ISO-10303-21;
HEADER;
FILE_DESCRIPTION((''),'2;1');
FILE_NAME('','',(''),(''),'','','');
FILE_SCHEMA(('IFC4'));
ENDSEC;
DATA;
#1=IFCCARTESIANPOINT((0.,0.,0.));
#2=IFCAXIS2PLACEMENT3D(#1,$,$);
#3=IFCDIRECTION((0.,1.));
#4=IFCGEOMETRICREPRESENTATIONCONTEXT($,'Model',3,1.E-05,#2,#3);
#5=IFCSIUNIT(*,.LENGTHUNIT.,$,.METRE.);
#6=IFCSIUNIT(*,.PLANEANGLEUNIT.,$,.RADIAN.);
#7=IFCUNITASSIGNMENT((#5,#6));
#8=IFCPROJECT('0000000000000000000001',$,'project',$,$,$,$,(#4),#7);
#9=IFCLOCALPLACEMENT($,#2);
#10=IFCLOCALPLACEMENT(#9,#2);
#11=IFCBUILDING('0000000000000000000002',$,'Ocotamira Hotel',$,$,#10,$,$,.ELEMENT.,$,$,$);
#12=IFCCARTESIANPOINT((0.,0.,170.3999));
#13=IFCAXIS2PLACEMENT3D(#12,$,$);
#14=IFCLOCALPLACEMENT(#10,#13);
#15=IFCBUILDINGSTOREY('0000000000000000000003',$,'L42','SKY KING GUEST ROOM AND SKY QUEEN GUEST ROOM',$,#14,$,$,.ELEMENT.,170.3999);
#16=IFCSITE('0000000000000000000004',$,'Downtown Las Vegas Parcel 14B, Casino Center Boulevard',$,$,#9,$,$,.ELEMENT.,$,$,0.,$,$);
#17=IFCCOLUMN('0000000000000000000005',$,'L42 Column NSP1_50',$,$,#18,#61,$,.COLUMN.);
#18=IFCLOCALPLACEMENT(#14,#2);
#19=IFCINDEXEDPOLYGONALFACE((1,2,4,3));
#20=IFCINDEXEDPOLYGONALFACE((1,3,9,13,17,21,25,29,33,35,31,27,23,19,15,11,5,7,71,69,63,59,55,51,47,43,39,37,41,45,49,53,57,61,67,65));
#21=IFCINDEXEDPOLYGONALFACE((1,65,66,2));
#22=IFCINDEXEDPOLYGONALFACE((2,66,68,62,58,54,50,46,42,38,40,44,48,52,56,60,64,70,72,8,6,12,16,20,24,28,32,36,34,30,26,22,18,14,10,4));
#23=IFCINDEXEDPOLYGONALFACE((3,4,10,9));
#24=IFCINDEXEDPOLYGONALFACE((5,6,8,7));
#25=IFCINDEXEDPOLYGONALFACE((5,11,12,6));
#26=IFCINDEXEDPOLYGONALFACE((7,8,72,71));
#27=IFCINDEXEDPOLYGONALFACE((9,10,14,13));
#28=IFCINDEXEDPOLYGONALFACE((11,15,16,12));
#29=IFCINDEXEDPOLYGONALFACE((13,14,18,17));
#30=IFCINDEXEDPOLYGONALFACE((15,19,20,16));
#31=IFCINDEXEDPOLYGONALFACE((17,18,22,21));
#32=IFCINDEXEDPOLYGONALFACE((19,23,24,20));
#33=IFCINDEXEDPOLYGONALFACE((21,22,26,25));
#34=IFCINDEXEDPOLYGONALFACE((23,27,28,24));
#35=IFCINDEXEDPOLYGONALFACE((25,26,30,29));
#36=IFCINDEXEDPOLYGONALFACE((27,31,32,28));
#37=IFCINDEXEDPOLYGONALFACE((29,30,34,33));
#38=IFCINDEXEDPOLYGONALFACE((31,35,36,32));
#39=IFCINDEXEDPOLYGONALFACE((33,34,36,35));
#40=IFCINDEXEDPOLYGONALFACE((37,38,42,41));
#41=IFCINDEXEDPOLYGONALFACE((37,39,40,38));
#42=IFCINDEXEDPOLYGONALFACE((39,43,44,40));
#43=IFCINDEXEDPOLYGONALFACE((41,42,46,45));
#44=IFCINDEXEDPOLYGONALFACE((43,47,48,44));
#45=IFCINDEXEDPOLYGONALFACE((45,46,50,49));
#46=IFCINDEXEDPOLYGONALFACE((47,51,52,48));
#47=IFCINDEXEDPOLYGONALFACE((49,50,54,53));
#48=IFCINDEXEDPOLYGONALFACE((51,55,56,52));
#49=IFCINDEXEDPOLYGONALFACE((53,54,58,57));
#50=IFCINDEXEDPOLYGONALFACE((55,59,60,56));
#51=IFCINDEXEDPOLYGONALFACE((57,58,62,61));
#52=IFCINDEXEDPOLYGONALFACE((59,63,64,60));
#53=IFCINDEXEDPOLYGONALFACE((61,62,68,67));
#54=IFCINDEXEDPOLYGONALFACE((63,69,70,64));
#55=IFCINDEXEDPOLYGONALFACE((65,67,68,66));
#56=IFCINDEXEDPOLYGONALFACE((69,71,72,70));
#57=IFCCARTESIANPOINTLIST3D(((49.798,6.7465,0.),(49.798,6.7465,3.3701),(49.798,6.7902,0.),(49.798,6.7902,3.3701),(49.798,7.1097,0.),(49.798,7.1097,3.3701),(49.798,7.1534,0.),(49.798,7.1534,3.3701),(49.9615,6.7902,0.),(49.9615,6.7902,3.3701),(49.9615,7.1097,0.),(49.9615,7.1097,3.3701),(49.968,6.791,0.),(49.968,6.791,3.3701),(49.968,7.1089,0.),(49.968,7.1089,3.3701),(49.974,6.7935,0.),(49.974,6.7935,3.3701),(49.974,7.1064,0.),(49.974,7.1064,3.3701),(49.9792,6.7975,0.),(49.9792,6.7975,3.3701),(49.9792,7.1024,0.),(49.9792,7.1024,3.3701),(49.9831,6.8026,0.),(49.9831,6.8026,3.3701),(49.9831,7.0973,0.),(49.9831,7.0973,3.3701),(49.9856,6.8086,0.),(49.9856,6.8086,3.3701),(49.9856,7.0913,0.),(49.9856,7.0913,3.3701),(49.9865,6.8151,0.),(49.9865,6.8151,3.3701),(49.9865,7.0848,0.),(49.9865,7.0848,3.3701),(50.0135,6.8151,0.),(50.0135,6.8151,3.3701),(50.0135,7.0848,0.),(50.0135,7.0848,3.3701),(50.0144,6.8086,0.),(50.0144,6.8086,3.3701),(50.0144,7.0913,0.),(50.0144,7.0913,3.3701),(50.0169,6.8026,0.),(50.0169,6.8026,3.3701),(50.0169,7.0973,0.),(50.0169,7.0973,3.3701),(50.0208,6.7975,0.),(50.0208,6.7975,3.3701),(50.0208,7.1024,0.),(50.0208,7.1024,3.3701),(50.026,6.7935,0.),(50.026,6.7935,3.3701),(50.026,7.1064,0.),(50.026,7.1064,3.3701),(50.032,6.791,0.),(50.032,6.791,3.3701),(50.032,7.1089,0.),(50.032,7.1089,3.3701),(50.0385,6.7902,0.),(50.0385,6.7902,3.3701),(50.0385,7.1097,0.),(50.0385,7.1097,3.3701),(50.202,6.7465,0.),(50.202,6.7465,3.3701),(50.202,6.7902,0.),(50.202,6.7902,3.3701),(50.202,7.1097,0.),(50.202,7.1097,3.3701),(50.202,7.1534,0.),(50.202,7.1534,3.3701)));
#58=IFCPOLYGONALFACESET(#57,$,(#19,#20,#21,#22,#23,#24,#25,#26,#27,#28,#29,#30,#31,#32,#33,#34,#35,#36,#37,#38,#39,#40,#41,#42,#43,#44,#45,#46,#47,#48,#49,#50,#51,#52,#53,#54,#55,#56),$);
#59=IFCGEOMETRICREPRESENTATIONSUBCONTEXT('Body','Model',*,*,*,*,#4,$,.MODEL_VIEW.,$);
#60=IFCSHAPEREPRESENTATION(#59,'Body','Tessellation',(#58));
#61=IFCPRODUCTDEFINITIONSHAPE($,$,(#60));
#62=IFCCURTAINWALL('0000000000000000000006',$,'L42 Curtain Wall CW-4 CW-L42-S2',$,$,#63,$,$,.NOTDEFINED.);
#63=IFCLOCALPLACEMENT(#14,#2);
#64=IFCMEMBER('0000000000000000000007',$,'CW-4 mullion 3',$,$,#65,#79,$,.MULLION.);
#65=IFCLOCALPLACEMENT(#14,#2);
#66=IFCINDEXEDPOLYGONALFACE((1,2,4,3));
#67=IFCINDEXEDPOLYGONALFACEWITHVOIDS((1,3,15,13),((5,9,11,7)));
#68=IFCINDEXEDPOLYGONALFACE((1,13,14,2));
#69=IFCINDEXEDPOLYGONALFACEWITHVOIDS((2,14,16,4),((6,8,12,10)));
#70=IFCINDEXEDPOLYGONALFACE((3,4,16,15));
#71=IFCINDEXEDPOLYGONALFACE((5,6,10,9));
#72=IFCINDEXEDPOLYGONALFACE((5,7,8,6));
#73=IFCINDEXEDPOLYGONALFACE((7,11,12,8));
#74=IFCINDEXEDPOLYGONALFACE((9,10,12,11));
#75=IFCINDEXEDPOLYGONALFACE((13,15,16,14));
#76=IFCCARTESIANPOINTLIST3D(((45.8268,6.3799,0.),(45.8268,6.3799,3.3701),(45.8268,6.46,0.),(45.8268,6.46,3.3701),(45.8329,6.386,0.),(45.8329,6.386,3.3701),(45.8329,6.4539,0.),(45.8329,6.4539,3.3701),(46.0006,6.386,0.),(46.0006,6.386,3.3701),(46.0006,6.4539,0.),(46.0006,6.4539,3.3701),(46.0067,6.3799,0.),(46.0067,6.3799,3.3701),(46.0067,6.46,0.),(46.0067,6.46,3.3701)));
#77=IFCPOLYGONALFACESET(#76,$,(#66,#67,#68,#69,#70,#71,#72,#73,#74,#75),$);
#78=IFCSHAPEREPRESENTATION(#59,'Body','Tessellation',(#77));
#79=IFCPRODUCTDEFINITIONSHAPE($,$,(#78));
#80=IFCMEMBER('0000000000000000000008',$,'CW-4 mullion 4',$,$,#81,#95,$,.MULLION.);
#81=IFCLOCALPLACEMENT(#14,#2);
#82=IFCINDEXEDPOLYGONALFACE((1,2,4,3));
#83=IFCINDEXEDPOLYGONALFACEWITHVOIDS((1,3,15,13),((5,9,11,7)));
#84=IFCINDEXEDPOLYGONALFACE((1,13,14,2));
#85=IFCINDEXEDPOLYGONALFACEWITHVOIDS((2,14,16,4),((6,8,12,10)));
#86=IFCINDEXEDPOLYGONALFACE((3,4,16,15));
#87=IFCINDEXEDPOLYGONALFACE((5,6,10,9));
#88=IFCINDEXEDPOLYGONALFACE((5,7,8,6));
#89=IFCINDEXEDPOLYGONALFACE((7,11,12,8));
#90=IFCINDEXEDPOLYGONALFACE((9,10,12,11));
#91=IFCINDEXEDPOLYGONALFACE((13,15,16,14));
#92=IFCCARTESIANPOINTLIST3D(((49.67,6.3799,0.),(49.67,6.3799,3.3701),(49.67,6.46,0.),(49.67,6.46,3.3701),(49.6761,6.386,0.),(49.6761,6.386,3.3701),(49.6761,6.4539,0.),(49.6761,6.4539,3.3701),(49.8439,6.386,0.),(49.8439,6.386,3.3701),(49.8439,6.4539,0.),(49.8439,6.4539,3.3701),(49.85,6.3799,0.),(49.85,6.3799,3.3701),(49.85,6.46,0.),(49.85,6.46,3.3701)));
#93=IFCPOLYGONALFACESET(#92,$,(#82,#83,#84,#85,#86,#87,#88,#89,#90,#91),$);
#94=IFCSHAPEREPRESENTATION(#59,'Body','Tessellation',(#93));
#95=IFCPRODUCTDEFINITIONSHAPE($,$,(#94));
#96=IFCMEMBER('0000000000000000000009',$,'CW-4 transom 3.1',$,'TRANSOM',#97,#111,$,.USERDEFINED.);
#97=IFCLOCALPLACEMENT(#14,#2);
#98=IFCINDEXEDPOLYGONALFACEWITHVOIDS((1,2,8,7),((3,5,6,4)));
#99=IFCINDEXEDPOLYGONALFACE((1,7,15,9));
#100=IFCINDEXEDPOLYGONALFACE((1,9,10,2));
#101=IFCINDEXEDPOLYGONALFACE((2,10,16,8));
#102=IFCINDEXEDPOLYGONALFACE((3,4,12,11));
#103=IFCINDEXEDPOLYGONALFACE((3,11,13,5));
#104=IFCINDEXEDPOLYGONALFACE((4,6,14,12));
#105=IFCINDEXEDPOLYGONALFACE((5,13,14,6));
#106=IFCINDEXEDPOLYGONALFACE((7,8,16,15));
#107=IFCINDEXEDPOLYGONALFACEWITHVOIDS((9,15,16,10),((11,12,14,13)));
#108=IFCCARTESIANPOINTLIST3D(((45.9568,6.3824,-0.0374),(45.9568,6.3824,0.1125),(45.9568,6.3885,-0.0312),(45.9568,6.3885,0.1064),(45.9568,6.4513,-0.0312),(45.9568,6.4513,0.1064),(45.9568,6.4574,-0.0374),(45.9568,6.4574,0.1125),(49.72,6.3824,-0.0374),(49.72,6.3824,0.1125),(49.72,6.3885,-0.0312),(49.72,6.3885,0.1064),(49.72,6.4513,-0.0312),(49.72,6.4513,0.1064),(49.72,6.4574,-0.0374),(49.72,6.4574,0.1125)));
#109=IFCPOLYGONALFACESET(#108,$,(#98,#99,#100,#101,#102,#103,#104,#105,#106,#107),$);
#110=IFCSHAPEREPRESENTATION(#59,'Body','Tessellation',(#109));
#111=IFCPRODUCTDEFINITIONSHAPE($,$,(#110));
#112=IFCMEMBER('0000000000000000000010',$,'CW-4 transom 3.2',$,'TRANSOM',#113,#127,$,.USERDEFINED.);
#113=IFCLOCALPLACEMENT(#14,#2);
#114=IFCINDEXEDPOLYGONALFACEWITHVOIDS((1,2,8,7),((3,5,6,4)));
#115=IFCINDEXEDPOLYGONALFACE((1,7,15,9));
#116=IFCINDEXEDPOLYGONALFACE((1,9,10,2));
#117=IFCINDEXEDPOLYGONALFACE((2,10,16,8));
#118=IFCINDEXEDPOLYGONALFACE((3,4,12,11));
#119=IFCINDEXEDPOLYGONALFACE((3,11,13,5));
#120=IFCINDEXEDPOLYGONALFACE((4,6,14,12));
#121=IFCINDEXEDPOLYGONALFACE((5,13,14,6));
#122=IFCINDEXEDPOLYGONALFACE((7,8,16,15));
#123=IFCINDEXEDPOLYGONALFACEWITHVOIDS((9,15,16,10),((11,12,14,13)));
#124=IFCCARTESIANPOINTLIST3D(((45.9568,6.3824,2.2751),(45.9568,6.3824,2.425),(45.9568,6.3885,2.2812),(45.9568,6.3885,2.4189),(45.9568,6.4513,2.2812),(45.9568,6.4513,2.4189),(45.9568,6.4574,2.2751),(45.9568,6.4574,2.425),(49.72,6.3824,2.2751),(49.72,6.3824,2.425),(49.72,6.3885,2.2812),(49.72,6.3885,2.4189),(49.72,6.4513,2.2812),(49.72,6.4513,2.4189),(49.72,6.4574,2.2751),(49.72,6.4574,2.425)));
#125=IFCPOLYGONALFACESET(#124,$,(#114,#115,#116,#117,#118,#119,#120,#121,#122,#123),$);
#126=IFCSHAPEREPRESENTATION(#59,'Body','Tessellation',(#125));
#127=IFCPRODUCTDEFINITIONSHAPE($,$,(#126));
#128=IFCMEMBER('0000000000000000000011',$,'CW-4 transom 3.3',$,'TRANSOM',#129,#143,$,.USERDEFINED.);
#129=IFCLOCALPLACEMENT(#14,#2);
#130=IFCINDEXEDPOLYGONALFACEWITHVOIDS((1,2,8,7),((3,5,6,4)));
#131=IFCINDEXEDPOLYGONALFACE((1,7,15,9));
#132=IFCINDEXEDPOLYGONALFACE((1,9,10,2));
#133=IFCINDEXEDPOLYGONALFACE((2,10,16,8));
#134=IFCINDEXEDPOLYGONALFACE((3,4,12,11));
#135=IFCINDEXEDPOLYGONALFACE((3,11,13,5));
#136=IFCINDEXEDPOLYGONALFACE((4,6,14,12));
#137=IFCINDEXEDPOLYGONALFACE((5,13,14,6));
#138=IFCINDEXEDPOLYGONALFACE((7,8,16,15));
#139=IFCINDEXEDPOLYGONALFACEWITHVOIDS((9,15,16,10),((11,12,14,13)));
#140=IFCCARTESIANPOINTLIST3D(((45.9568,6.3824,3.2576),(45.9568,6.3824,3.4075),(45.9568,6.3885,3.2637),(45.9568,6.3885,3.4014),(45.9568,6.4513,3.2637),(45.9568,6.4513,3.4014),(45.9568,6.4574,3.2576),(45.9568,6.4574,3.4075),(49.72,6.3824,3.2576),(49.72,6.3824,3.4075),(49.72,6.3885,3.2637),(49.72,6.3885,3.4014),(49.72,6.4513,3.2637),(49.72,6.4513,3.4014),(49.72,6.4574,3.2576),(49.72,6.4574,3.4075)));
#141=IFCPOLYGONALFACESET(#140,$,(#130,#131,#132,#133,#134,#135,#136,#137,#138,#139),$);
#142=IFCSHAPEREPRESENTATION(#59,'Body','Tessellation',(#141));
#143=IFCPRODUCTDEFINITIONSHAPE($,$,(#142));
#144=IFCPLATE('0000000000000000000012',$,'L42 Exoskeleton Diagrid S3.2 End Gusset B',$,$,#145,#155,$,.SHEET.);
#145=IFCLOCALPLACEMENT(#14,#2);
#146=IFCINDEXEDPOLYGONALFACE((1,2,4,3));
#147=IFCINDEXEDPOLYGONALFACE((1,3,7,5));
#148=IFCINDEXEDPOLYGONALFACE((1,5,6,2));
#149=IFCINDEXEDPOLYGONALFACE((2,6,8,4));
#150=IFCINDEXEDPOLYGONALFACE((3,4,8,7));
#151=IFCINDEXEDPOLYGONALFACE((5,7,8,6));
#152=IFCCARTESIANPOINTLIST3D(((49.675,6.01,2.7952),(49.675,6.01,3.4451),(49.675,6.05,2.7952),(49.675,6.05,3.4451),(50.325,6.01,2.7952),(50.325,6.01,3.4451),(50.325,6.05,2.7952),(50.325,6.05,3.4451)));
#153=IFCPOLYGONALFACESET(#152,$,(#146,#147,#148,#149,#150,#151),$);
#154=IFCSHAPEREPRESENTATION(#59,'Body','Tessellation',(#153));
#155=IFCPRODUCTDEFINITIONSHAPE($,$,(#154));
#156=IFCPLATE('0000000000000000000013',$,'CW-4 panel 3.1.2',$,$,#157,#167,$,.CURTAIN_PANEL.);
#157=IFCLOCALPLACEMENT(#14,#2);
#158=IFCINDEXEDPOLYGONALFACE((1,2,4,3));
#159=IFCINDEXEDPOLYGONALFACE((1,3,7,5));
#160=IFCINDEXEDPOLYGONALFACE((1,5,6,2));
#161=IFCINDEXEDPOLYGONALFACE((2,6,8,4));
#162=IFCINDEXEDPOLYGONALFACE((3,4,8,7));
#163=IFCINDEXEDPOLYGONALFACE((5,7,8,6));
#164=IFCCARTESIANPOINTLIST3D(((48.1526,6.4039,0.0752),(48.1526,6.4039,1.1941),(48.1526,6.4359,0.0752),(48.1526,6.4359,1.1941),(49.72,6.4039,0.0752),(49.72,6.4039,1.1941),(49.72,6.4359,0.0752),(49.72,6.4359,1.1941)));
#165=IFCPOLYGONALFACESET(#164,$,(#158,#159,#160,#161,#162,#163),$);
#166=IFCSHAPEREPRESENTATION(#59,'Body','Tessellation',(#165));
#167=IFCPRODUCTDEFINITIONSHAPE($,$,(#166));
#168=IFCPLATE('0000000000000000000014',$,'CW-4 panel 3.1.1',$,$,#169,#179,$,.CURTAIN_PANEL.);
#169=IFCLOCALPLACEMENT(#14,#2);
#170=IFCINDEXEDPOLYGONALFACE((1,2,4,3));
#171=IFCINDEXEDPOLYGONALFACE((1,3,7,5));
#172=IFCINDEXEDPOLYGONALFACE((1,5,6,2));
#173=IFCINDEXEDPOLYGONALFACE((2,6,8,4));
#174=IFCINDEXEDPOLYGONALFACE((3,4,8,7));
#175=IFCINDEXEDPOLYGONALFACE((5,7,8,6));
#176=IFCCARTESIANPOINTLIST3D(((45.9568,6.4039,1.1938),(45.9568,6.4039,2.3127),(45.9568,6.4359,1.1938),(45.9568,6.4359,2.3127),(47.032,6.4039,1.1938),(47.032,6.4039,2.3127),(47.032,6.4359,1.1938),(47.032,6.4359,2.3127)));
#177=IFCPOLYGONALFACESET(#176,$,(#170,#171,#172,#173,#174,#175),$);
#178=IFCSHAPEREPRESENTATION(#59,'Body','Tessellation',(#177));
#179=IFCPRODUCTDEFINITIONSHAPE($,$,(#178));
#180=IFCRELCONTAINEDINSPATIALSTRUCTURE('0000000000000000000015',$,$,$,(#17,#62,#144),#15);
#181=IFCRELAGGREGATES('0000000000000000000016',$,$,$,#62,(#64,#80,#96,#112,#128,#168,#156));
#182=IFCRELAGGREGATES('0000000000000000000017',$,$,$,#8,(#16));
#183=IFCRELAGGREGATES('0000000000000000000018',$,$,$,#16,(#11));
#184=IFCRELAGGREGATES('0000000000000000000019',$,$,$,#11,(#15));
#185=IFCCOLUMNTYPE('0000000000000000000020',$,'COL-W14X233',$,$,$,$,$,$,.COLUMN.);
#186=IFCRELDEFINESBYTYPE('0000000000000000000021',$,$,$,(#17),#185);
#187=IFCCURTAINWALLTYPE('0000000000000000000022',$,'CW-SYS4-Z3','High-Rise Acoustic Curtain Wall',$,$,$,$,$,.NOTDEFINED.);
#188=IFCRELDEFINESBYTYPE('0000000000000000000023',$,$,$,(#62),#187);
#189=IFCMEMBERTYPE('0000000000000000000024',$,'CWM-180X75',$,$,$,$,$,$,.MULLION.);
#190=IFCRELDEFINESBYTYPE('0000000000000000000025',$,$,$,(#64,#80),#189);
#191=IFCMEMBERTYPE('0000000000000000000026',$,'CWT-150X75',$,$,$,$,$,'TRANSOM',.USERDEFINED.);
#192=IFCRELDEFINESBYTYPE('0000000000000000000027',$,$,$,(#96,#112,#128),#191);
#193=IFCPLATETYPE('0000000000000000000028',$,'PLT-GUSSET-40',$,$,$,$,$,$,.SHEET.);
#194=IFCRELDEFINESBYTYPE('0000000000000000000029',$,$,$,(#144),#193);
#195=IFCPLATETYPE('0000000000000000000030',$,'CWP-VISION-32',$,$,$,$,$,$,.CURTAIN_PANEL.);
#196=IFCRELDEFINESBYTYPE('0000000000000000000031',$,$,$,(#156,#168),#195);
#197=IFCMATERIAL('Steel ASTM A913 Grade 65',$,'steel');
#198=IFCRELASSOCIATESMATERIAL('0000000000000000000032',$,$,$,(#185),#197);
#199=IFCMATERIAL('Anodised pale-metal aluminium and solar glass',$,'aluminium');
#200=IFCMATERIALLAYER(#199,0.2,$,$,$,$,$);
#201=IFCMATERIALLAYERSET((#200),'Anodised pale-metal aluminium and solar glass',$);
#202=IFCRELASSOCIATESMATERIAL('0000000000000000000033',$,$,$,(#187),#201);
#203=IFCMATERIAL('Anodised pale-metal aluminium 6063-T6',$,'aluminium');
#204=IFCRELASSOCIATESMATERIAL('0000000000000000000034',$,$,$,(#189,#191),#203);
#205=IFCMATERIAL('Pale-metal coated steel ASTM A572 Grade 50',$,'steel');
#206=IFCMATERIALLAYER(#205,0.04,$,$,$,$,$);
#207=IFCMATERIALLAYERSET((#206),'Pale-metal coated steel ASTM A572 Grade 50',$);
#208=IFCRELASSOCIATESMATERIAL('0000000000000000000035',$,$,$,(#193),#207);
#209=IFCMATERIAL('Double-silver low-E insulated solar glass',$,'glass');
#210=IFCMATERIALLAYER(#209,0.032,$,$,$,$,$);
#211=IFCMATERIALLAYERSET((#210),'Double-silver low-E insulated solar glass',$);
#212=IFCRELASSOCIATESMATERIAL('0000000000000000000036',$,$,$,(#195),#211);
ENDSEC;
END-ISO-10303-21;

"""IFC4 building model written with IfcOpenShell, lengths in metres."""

from ifc_helpers import new_model, si_unit, direction, frame, origin, origin_2d, place, context, subcontext, project, spatial, rectangle, hollow_rectangle, i_section, extrude, source, transform, mapped, material, layer, layer_set, material_profile, profile_set, type_object, element, aggregate, save


model = new_model("IFC4")

# Units and contexts
model_context = context("Model", 3, precision=1e-05, world=origin(), true_north=direction((0.0, 1.0)))
body_context = subcontext(model_context, "Body", "Model", "MODEL_VIEW")
ifc_project = project(units=[si_unit("LENGTHUNIT", "METRE"), si_unit("PLANEANGLEUNIT", "RADIAN")], contexts=[model_context])

# Site, building, storey
site_placement = place(None, origin())
site = spatial("IfcSite", under=ifc_project, at=site_placement, Name="Downtown Las Vegas Parcel 14B, Casino Center Boulevard", CompositionType="ELEMENT", RefElevation=0.0)
building_placement = place(site_placement, origin())
building = spatial("IfcBuilding", under=site, at=building_placement, Name="Ocotamira Hotel", CompositionType="ELEMENT")
storey_placement = place(building_placement, frame((0.0, 0.0, 170.3999)))
storey = spatial("IfcBuildingStorey", under=building, at=storey_placement, Name="L42", Description="SKY KING GUEST ROOM AND SKY QUEEN GUEST ROOM", CompositionType="ELEMENT", Elevation=170.3999)

# Column
ifc_material_1 = material(Name="Steel ASTM A913 Grade 65", Category="steel")
ifc_material_profile_1 = material_profile(ifc_material_1, i_section(OverallWidth=0.4041, OverallDepth=0.407, WebThickness=0.0271, FlangeThickness=0.0437, FilletRadius=0.0249, at=origin_2d()), Name="W14X233")
ifc_profile_set_1 = profile_set([ifc_material_profile_1], Name="Steel ASTM A913 Grade 65")
column_type = type_object("IfcColumnType", Name="COL-W14X233", PredefinedType="COLUMN", material=ifc_profile_set_1)
shared_shape_1 = source(origin(), body_context, "Body", "SweptSolid", [
    extrude(i_section(OverallWidth=0.4041, OverallDepth=0.407, WebThickness=0.0271, FlangeThickness=0.0437, FilletRadius=0.0249, at=origin_2d()), origin(), (0.0, 0.0, 1.0), 3.3701),
])
column_placement = place(storey_placement, frame((50.0, 6.95, 0.0), z_axis=(0.0, 0.0, 1.0), x_axis=(1.0, 0.0, 0.0)))
element("IfcColumn", 1, at=column_placement, inside=storey, type_object=column_type, Name="L42 Column NSP1_50", PredefinedType="COLUMN", context=body_context, shape_type="MappedRepresentation", body=[
    mapped(shared_shape_1, transform((0.0, 0.0, 0.0), scale=1.0)),
])

# Curtain wall, members
ifc_material_2 = material(Name="Anodised pale-metal aluminium and solar glass", Category="aluminium")
ifc_layer_1 = layer(ifc_material_2, 0.2)
ifc_layer_set_1 = layer_set([ifc_layer_1], Name="Anodised pale-metal aluminium and solar glass")
curtain_wall_type = type_object("IfcCurtainWallType", Name="CW-SYS4-Z3", Description="High-Rise Acoustic Curtain Wall", PredefinedType="NOTDEFINED", material=ifc_layer_set_1)
curtain_wall_placement = place(storey_placement, origin())
curtain_wall = element("IfcCurtainWall", 2, at=curtain_wall_placement, inside=storey, type_object=curtain_wall_type, Name="L42 Curtain Wall CW-4 CW-L42-S2", PredefinedType="NOTDEFINED")
ifc_material_3 = material(Name="Anodised pale-metal aluminium 6063-T6", Category="aluminium")
ifc_material_profile_2 = material_profile(ifc_material_3, hollow_rectangle(XDim=0.0801, YDim=0.1799, WallThickness=0.0061, at=origin_2d()), Name="HSS180X80X6")
ifc_profile_set_2 = profile_set([ifc_material_profile_2], Name="Anodised pale-metal aluminium 6063-T6")
member_type_1 = type_object("IfcMemberType", Name="CWM-180X75", PredefinedType="MULLION", material=ifc_profile_set_2)
shared_shape_2 = source(origin(), body_context, "Body", "SweptSolid", [
    extrude(hollow_rectangle(XDim=0.0801, YDim=0.1799, WallThickness=0.0061, at=origin_2d()), origin(), (0.0, 0.0, 1.0), 3.3701),
])
member_1_placement = place(storey_placement, frame((45.9167, 6.4199, 0.0), z_axis=(0.0, 0.0, 1.0), x_axis=(0.0, 1.0, 0.0)))
member_1 = element("IfcMember", 3, at=member_1_placement, type_object=member_type_1, Name="CW-4 mullion 3", PredefinedType="MULLION", context=body_context, shape_type="MappedRepresentation", body=[
    mapped(shared_shape_2, transform((0.0, 0.0, 0.0), scale=1.0)),
])
member_2_placement = place(storey_placement, frame((49.76, 6.4199, 0.0), z_axis=(0.0, 0.0, 1.0), x_axis=(0.0, 1.0, 0.0)))
member_2 = element("IfcMember", 4, at=member_2_placement, type_object=member_type_1, Name="CW-4 mullion 4", PredefinedType="MULLION", context=body_context, shape_type="MappedRepresentation", body=[
    mapped(shared_shape_2, transform((0.0, 0.0, 0.0), scale=1.0)),
])
ifc_material_profile_3 = material_profile(ifc_material_3, hollow_rectangle(XDim=0.075, YDim=0.1499, WallThickness=0.0061, at=origin_2d()), Name="HSS150X75X6")
ifc_profile_set_3 = profile_set([ifc_material_profile_3], Name="Anodised pale-metal aluminium 6063-T6")
member_type_2 = type_object("IfcMemberType", Name="CWT-150X75", ElementType="TRANSOM", PredefinedType="USERDEFINED", material=ifc_profile_set_3)
shared_shape_3 = source(origin(), body_context, "Body", "SweptSolid", [
    extrude(hollow_rectangle(XDim=0.075, YDim=0.1499, WallThickness=0.0061, at=origin_2d()), origin(), (0.0, 0.0, 1.0), 3.7632),
])
member_3_placement = place(storey_placement, frame((45.9568, 6.4199, 0.0376), z_axis=(1.0, 0.0, 0.0), x_axis=(0.0, 1.0, 0.0)))
member_3 = element("IfcMember", 5, at=member_3_placement, type_object=member_type_2, Name="CW-4 transom 3.1", ObjectType="TRANSOM", PredefinedType="USERDEFINED", context=body_context, shape_type="MappedRepresentation", body=[
    mapped(shared_shape_3, transform((0.0, 0.0, 0.0), scale=1.0)),
])
member_4_placement = place(storey_placement, frame((45.9568, 6.4199, 2.3501), z_axis=(1.0, 0.0, 0.0), x_axis=(0.0, 1.0, 0.0)))
member_4 = element("IfcMember", 6, at=member_4_placement, type_object=member_type_2, Name="CW-4 transom 3.2", ObjectType="TRANSOM", PredefinedType="USERDEFINED", context=body_context, shape_type="MappedRepresentation", body=[
    mapped(shared_shape_3, transform((0.0, 0.0, 0.0), scale=1.0)),
])
member_5_placement = place(storey_placement, frame((45.9568, 6.4199, 3.3325), z_axis=(1.0, 0.0, 0.0), x_axis=(0.0, 1.0, 0.0)))
member_5 = element("IfcMember", 7, at=member_5_placement, type_object=member_type_2, Name="CW-4 transom 3.3", ObjectType="TRANSOM", PredefinedType="USERDEFINED", context=body_context, shape_type="MappedRepresentation", body=[
    mapped(shared_shape_3, transform((0.0, 0.0, 0.0), scale=1.0)),
])

# Plates
ifc_material_4 = material(Name="Pale-metal coated steel ASTM A572 Grade 50", Category="steel")
ifc_layer_2 = layer(ifc_material_4, 0.04)
ifc_layer_set_2 = layer_set([ifc_layer_2], Name="Pale-metal coated steel ASTM A572 Grade 50")
plate_type_1 = type_object("IfcPlateType", Name="PLT-GUSSET-40", PredefinedType="SHEET", material=ifc_layer_set_2)
shared_shape_4 = source(origin(), body_context, "Body", "SweptSolid", [
    extrude(rectangle(XDim=0.6499, YDim=0.04, at=origin_2d()), origin(), (0.0, 0.0, 1.0), 0.6499),
])
plate_1_placement = place(storey_placement, frame((50.0, 6.03, 2.7952), z_axis=(0.0, 0.0, 1.0), x_axis=(1.0, 0.0, 0.0)))
element("IfcPlate", 8, at=plate_1_placement, inside=storey, type_object=plate_type_1, Name="L42 Exoskeleton Diagrid S3.2 End Gusset B", PredefinedType="SHEET", context=body_context, shape_type="MappedRepresentation", body=[
    mapped(shared_shape_4, transform((0.0, 0.0, 0.0), scale=1.0)),
])
ifc_material_5 = material(Name="Double-silver low-E insulated solar glass", Category="glass")
ifc_layer_3 = layer(ifc_material_5, 0.032)
ifc_layer_set_3 = layer_set([ifc_layer_3], Name="Double-silver low-E insulated solar glass")
plate_type_2 = type_object("IfcPlateType", Name="CWP-VISION-32", PredefinedType="CURTAIN_PANEL", material=ifc_layer_set_3)
shared_shape_5 = source(origin(), body_context, "Body", "SweptSolid", [
    extrude(rectangle(XDim=1.5674, YDim=0.032, at=origin_2d()), origin(), (0.0, 0.0, 1.0), 1.1189),
])
plate_2_placement = place(storey_placement, frame((48.9363, 6.4199, 0.0752), z_axis=(0.0, 0.0, 1.0), x_axis=(1.0, 0.0, 0.0)))
plate_2 = element("IfcPlate", 9, at=plate_2_placement, type_object=plate_type_2, Name="CW-4 panel 3.1.2", PredefinedType="CURTAIN_PANEL", context=body_context, shape_type="MappedRepresentation", body=[
    mapped(shared_shape_5, transform((0.0, 0.0, 0.0), scale=1.0)),
])
shared_shape_6 = source(origin(), body_context, "Body", "SweptSolid", [
    extrude(rectangle(XDim=1.0752, YDim=0.032, at=origin_2d()), origin(), (0.0, 0.0, 1.0), 1.1189),
])
plate_3_placement = place(storey_placement, frame((46.4944, 6.4199, 1.1938), z_axis=(0.0, 0.0, 1.0), x_axis=(1.0, 0.0, 0.0)))
plate_3 = element("IfcPlate", 10, at=plate_3_placement, type_object=plate_type_2, Name="CW-4 panel 3.1.1", PredefinedType="CURTAIN_PANEL", context=body_context, shape_type="MappedRepresentation", body=[
    mapped(shared_shape_6, transform((0.0, 0.0, 0.0), scale=1.0)),
])
aggregate(curtain_wall, [member_1, member_2, member_3, member_4, member_5, plate_3, plate_2])

save(model, "model.ifc")
